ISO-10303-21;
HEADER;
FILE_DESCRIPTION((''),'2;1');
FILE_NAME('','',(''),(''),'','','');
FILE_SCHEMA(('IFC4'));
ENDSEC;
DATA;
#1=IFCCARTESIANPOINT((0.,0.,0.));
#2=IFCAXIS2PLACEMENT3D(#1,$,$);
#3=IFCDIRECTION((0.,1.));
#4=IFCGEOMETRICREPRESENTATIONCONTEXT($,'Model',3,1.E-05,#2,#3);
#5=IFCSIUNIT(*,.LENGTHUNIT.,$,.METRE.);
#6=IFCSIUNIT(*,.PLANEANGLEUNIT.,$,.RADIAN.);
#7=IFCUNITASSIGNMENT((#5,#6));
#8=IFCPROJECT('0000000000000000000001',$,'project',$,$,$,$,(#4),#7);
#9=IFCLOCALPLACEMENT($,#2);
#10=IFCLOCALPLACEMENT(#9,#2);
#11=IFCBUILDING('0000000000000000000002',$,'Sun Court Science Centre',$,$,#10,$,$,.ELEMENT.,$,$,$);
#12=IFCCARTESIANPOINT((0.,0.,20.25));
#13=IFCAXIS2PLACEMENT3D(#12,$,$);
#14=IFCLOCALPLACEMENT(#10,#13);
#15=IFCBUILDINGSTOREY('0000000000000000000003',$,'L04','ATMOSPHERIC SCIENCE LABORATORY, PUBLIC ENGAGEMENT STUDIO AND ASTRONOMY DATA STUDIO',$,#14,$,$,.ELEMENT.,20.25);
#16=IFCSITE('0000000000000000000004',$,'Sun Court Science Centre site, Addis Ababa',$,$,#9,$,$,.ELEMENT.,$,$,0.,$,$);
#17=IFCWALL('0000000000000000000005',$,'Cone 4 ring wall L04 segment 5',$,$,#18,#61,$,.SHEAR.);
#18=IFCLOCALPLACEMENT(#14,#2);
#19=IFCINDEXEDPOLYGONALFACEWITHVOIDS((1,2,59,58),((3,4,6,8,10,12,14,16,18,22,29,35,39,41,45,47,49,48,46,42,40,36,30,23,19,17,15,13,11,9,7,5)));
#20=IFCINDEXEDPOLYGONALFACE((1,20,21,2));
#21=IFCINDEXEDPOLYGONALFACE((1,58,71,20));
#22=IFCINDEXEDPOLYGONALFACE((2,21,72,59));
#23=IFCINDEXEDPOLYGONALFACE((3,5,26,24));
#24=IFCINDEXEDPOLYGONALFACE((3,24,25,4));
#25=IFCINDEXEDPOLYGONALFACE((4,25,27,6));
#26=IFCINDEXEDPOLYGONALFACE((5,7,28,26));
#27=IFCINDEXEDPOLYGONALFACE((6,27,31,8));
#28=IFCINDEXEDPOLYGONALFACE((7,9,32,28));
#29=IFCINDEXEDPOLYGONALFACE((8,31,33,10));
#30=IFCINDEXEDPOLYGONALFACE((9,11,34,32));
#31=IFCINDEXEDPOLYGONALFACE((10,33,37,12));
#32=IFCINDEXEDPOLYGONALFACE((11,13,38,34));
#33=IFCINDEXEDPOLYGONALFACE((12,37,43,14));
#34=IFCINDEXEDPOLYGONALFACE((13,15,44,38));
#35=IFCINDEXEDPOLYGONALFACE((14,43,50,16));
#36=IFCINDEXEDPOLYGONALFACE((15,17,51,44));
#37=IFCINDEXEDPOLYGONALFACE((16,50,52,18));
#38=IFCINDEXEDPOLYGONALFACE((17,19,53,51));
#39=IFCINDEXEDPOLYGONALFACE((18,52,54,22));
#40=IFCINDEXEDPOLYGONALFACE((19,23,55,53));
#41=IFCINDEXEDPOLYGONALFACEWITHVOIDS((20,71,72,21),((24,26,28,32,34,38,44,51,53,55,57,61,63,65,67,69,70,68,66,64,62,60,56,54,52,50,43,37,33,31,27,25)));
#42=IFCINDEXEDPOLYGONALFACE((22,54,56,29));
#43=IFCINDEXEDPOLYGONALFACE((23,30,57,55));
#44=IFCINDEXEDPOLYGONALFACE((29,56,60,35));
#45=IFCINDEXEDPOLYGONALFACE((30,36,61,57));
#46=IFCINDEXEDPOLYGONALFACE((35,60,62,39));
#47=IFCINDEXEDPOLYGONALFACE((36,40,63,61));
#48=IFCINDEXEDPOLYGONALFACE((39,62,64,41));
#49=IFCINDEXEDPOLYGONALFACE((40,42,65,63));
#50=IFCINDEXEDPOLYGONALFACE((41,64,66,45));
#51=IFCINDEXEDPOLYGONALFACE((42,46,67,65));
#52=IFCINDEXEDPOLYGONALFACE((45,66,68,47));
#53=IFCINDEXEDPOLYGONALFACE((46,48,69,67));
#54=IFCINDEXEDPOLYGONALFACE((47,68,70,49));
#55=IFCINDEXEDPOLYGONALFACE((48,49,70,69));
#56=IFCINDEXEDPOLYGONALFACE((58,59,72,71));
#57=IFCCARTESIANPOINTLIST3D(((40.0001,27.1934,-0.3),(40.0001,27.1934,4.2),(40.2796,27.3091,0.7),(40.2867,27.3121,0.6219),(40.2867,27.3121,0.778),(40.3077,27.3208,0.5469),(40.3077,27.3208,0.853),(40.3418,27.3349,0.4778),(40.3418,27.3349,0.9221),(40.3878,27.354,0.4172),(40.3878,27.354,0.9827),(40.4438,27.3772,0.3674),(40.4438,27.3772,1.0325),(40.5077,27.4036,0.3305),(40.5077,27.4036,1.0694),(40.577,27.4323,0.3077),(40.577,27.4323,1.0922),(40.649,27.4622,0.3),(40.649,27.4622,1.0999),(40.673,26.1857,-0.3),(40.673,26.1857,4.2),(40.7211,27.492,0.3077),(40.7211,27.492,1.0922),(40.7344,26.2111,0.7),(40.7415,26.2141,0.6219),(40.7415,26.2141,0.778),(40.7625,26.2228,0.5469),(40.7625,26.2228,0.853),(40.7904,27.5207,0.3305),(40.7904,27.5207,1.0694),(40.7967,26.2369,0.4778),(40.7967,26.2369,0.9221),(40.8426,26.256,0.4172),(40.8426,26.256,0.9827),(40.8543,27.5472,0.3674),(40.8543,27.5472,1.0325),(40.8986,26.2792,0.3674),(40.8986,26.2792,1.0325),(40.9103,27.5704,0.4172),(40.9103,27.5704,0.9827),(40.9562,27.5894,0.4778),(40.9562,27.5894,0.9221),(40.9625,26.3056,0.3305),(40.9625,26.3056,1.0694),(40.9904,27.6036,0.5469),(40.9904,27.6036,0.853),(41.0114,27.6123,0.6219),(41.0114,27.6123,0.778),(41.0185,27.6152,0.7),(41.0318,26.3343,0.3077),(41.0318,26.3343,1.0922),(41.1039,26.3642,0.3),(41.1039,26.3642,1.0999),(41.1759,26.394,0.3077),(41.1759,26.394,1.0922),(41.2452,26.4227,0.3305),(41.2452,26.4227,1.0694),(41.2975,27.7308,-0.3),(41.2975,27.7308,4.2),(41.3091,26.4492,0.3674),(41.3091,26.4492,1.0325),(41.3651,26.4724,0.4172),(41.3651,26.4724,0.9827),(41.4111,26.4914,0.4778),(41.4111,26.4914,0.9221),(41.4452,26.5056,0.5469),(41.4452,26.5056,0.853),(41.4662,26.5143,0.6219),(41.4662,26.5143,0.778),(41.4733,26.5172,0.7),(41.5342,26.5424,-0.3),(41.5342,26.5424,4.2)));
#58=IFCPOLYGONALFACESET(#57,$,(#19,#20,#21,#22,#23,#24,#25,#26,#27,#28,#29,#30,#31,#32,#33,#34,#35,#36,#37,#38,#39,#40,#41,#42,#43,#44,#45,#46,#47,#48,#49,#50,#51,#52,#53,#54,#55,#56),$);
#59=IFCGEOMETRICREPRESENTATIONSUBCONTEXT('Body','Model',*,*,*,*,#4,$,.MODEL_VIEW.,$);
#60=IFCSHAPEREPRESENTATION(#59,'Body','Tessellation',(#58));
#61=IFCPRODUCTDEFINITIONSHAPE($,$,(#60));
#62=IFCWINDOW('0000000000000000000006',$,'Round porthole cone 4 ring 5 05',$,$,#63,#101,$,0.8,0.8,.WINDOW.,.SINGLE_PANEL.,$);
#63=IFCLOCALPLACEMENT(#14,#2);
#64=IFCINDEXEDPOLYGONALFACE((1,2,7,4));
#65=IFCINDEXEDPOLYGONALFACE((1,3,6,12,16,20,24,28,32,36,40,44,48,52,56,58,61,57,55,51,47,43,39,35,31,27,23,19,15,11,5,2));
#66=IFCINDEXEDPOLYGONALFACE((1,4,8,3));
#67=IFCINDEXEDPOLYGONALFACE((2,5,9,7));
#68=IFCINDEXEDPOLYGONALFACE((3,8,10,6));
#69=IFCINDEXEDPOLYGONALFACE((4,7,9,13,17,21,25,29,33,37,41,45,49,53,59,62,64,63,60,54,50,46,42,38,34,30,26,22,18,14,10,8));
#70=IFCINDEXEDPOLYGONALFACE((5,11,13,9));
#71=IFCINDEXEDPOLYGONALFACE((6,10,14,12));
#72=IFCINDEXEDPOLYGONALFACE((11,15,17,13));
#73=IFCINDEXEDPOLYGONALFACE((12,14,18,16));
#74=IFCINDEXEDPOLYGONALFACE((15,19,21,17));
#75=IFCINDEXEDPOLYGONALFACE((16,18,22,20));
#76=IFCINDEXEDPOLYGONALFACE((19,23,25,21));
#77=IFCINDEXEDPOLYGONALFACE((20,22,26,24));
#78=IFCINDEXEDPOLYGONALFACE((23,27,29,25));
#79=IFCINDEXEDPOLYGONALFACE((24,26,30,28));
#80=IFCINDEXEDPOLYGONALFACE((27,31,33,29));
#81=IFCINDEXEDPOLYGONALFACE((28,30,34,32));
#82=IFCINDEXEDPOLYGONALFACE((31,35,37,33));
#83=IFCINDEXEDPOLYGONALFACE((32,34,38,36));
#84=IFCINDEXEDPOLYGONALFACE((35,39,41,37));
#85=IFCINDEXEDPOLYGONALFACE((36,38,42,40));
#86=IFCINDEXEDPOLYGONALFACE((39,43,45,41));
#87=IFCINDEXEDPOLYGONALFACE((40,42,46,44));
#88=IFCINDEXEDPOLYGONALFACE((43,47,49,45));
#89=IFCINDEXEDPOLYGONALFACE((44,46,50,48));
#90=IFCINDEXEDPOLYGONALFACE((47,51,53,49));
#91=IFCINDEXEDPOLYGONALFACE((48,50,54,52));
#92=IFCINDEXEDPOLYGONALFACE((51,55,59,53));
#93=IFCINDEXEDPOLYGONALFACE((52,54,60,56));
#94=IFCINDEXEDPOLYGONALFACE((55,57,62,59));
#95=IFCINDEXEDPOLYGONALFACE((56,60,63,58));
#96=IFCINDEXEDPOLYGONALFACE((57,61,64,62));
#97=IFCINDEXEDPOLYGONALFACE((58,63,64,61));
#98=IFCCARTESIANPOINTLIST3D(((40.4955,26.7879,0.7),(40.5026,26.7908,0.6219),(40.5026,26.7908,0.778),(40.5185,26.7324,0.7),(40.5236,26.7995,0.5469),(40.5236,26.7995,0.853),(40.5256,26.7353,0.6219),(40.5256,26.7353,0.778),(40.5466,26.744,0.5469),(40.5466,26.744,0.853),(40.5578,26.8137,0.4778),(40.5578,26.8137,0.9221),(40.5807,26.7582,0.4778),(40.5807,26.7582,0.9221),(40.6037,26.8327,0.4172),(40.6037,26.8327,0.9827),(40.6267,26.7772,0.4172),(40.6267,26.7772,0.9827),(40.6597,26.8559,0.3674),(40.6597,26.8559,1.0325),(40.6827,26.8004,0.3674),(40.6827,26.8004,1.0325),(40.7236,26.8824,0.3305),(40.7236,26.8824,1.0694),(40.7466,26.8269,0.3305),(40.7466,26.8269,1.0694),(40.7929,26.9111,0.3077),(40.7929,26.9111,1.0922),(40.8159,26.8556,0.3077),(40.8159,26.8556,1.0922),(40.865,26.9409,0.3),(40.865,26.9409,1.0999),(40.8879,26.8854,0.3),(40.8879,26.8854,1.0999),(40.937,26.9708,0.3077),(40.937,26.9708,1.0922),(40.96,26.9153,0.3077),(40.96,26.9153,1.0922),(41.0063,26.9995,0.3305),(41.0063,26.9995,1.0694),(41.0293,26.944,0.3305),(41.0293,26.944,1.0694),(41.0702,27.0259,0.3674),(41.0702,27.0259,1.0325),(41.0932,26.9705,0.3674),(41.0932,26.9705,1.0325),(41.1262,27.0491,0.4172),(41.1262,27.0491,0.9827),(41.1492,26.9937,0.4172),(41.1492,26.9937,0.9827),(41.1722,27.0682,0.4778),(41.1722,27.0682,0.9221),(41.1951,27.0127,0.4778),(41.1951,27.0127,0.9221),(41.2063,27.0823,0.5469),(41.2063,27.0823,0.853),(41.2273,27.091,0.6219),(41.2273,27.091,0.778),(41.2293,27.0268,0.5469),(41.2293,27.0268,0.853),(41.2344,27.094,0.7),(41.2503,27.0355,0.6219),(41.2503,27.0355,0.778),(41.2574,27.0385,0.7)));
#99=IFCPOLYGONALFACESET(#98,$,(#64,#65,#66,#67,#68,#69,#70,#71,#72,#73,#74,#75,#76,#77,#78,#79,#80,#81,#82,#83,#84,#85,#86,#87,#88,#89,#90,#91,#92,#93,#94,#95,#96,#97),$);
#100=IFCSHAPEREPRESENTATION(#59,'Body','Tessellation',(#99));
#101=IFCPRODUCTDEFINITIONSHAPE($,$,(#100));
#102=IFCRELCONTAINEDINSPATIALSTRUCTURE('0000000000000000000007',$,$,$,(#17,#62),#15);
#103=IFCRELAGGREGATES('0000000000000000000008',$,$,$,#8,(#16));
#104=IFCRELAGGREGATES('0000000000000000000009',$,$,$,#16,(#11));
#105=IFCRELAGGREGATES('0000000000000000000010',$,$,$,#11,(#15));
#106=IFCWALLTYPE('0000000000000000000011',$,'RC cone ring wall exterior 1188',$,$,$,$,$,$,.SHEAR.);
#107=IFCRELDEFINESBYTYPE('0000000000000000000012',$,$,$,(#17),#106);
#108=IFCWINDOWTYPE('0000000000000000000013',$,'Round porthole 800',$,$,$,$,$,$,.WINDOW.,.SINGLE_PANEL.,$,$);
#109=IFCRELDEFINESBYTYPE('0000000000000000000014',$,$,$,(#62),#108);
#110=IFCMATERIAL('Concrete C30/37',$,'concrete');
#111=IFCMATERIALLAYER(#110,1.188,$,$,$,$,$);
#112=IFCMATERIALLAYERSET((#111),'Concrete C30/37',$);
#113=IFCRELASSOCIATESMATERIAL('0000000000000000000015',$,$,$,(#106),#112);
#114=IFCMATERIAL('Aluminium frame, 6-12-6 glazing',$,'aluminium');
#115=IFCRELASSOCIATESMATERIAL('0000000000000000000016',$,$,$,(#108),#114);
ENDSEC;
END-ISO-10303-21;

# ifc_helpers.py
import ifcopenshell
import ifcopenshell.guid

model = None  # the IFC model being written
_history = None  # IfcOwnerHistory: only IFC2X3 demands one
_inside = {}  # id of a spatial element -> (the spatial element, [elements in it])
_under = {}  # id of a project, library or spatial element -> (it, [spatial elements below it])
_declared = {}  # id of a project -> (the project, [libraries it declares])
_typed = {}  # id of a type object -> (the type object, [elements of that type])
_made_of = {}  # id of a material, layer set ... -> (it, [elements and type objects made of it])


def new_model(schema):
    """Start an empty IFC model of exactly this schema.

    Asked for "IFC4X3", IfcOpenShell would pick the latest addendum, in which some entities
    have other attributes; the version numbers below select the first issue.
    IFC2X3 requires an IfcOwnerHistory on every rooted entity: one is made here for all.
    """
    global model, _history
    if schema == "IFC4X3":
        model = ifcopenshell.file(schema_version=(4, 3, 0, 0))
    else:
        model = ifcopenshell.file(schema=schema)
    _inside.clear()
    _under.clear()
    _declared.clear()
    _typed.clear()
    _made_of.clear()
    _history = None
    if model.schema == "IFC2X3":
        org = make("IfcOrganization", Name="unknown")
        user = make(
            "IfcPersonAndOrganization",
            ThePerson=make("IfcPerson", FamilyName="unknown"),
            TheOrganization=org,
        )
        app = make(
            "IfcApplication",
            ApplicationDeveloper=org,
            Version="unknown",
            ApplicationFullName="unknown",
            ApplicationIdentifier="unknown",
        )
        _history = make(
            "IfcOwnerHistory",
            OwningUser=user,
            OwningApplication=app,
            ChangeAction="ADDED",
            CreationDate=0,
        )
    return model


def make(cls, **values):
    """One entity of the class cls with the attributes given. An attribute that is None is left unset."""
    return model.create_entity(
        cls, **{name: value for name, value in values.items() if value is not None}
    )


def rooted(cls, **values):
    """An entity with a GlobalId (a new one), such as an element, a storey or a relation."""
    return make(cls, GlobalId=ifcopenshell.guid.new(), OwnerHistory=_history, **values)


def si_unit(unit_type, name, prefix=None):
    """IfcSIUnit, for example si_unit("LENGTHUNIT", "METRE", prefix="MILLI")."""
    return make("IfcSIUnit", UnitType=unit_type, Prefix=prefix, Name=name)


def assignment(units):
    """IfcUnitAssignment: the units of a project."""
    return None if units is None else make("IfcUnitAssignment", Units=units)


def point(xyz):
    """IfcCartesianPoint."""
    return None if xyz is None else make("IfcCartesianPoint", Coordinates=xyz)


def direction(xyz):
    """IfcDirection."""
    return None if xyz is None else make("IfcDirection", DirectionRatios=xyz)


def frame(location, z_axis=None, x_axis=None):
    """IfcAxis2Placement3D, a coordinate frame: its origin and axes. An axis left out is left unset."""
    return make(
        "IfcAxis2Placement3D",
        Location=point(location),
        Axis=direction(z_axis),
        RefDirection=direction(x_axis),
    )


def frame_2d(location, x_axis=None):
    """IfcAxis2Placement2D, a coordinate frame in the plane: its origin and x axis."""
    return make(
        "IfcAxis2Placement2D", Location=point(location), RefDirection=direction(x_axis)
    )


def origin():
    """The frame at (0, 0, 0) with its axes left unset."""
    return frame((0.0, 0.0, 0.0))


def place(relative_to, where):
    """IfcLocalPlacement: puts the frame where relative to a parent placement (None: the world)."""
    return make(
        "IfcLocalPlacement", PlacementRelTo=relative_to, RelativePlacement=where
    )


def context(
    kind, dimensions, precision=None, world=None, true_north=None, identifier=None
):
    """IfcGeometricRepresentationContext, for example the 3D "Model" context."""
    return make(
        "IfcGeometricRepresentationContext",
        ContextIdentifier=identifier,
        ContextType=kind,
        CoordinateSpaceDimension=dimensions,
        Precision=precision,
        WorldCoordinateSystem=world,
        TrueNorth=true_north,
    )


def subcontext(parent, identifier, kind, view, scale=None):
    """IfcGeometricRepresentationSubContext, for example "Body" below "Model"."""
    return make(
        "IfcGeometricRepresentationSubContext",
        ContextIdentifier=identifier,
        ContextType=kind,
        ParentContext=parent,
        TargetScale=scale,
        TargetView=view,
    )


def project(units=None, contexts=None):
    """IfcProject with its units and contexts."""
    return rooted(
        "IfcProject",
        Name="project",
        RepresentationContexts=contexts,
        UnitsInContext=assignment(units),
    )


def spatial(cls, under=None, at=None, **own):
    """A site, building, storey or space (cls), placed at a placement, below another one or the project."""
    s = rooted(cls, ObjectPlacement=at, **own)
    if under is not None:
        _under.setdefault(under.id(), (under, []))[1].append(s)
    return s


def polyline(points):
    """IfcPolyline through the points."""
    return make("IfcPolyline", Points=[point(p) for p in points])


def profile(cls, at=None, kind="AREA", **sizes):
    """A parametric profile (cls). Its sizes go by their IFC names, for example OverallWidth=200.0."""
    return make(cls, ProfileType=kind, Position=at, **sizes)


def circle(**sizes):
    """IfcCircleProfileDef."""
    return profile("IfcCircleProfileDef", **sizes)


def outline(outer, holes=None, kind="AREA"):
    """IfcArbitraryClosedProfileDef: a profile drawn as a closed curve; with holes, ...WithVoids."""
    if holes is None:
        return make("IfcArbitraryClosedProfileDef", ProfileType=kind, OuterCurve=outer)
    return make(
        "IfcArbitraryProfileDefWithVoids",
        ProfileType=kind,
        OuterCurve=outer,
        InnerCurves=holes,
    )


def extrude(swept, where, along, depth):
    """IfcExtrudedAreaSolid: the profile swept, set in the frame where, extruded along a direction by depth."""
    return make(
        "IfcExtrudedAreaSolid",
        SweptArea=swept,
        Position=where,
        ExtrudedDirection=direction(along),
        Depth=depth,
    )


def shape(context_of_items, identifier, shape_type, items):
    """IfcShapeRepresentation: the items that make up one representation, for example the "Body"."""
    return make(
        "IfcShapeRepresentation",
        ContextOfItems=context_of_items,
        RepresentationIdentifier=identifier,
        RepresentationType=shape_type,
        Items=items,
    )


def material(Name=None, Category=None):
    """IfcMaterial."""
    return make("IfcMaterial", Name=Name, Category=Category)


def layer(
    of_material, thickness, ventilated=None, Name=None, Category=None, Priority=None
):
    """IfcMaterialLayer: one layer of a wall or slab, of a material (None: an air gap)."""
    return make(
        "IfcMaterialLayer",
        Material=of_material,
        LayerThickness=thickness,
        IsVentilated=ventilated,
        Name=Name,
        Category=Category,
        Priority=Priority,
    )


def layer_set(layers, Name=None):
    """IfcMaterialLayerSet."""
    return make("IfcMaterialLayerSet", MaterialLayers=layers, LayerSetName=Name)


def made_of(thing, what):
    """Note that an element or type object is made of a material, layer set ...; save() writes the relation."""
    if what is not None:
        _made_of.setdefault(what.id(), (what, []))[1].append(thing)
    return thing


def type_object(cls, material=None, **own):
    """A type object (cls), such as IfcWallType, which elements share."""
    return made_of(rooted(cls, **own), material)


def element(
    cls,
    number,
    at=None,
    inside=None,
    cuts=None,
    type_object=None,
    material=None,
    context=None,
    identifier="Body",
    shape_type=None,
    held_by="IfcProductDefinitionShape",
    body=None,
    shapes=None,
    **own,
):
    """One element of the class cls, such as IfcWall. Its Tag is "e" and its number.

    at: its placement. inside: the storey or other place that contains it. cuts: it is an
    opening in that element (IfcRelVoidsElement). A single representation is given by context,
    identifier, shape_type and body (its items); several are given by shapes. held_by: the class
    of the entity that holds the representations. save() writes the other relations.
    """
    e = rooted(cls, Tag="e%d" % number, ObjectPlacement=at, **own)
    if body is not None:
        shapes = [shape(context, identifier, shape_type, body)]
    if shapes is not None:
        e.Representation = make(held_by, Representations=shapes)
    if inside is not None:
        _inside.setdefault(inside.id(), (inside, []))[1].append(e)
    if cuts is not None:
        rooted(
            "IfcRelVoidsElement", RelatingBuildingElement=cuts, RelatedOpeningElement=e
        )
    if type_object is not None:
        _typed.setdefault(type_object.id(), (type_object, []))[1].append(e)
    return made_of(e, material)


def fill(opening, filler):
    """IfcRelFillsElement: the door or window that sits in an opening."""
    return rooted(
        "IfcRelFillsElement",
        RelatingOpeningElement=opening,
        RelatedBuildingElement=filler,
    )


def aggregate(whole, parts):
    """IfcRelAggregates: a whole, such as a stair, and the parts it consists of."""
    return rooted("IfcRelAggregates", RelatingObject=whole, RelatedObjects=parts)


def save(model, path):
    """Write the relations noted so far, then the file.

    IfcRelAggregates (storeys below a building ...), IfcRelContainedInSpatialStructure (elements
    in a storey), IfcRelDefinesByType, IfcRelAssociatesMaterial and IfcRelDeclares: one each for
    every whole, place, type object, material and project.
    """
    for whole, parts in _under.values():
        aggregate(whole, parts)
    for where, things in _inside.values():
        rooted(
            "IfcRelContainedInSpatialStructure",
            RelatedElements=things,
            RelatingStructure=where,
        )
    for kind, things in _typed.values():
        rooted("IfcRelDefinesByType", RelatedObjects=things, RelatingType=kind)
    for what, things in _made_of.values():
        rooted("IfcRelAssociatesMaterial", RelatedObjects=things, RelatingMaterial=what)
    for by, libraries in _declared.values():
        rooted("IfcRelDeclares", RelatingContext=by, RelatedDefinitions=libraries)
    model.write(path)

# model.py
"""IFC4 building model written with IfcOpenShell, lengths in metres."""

from ifc_helpers import new_model, si_unit, direction, frame, frame_2d, origin, place, context, subcontext, project, spatial, polyline, circle, outline, extrude, material, layer, layer_set, type_object, element, fill, save


model = new_model("IFC4")

# Units and contexts
model_context = context("Model", 3, precision=1e-05, world=origin(), true_north=direction((0.0, 1.0)))
body_context = subcontext(model_context, "Body", "Model", "MODEL_VIEW")
ifc_project = project(units=[si_unit("LENGTHUNIT", "METRE"), si_unit("PLANEANGLEUNIT", "RADIAN")], contexts=[model_context])

# Site, building, storey
site_placement = place(None, origin())
site = spatial("IfcSite", under=ifc_project, at=site_placement, Name="Sun Court Science Centre site, Addis Ababa", CompositionType="ELEMENT", RefElevation=0.0)
building_placement = place(site_placement, origin())
building = spatial("IfcBuilding", under=site, at=building_placement, Name="Sun Court Science Centre", CompositionType="ELEMENT")
storey_placement = place(building_placement, frame((0.0, 0.0, 20.25)))
storey = spatial("IfcBuildingStorey", under=building, at=storey_placement, Name="L04", Description="ATMOSPHERIC SCIENCE LABORATORY, PUBLIC ENGAGEMENT STUDIO AND ASTRONOMY DATA STUDIO", CompositionType="ELEMENT", Elevation=20.25)

# Wall, opening, window
ifc_material_1 = material(Name="Concrete C30/37", Category="concrete")
ifc_layer_1 = layer(ifc_material_1, 1.188)
ifc_layer_set_1 = layer_set([ifc_layer_1], Name="Concrete C30/37")
wall_type_1 = type_object("IfcWallType", Name="RC cone ring wall exterior 1188", PredefinedType="SHEAR", material=ifc_layer_set_1)
ifc_material_2 = material(Name="Aluminium frame, 6-12-6 glazing", Category="aluminium")
window_type = type_object("IfcWindowType", Name="Round porthole 800", PartitioningType="SINGLE_PANEL", PredefinedType="WINDOW", material=ifc_material_2)
wall_1_placement = place(storey_placement, frame((41.5251, 27.1819, -0.3), z_axis=(0.0, 0.0, 1.0), x_axis=(-0.923877, -0.382689, 0.0)))
wall_1 = element("IfcWall", 1, at=wall_1_placement, inside=storey, type_object=wall_type_1, Name="Cone 4 ring wall L04 segment 5", PredefinedType="SHEAR", context=body_context, shape_type="SweptSolid", body=[
    extrude(outline(polyline([(0.0002, -0.5942), (1.4045, -0.5942), (1.1685, 0.5942), (0.2363, 0.5942), (0.0002, -0.5942)])), origin(), (0.0, 0.0, 1.0), 4.5),
])
opening_1_placement = place(wall_1_placement, frame((0.3022, 0.0, 0.6001)))
opening_1 = element("IfcOpeningElement", 2, at=opening_1_placement, cuts=wall_1, PredefinedType="OPENING", context=body_context, shape_type="SweptSolid", body=[
    extrude(circle(Radius=0.3999, at=frame_2d((0.3999, 0.3999))), frame((0.0, 0.6042, 0.0), z_axis=(0.0, -1.0, 0.0), x_axis=(1.0, 0.0, 0.0)), (0.0, 0.0, 1.0), 1.2085),
])
window_1_placement = place(opening_1_placement, origin())
window_1 = element("IfcWindow", 3, at=window_1_placement, inside=storey, type_object=window_type, Name="Round porthole cone 4 ring 5 05", OverallHeight=0.8, OverallWidth=0.8, PartitioningType="SINGLE_PANEL", PredefinedType="WINDOW", context=body_context, shape_type="SweptSolid", body=[
    extrude(circle(Radius=0.3999, at=frame_2d((0.3999, 0.3999))), frame((0.0, 0.03, 0.0), z_axis=(0.0, -1.0, 0.0), x_axis=(1.0, 0.0, 0.0)), (0.0, 0.0, 1.0), 0.0601),
])
fill(opening_1, window_1)

save(model, "model.ifc")
